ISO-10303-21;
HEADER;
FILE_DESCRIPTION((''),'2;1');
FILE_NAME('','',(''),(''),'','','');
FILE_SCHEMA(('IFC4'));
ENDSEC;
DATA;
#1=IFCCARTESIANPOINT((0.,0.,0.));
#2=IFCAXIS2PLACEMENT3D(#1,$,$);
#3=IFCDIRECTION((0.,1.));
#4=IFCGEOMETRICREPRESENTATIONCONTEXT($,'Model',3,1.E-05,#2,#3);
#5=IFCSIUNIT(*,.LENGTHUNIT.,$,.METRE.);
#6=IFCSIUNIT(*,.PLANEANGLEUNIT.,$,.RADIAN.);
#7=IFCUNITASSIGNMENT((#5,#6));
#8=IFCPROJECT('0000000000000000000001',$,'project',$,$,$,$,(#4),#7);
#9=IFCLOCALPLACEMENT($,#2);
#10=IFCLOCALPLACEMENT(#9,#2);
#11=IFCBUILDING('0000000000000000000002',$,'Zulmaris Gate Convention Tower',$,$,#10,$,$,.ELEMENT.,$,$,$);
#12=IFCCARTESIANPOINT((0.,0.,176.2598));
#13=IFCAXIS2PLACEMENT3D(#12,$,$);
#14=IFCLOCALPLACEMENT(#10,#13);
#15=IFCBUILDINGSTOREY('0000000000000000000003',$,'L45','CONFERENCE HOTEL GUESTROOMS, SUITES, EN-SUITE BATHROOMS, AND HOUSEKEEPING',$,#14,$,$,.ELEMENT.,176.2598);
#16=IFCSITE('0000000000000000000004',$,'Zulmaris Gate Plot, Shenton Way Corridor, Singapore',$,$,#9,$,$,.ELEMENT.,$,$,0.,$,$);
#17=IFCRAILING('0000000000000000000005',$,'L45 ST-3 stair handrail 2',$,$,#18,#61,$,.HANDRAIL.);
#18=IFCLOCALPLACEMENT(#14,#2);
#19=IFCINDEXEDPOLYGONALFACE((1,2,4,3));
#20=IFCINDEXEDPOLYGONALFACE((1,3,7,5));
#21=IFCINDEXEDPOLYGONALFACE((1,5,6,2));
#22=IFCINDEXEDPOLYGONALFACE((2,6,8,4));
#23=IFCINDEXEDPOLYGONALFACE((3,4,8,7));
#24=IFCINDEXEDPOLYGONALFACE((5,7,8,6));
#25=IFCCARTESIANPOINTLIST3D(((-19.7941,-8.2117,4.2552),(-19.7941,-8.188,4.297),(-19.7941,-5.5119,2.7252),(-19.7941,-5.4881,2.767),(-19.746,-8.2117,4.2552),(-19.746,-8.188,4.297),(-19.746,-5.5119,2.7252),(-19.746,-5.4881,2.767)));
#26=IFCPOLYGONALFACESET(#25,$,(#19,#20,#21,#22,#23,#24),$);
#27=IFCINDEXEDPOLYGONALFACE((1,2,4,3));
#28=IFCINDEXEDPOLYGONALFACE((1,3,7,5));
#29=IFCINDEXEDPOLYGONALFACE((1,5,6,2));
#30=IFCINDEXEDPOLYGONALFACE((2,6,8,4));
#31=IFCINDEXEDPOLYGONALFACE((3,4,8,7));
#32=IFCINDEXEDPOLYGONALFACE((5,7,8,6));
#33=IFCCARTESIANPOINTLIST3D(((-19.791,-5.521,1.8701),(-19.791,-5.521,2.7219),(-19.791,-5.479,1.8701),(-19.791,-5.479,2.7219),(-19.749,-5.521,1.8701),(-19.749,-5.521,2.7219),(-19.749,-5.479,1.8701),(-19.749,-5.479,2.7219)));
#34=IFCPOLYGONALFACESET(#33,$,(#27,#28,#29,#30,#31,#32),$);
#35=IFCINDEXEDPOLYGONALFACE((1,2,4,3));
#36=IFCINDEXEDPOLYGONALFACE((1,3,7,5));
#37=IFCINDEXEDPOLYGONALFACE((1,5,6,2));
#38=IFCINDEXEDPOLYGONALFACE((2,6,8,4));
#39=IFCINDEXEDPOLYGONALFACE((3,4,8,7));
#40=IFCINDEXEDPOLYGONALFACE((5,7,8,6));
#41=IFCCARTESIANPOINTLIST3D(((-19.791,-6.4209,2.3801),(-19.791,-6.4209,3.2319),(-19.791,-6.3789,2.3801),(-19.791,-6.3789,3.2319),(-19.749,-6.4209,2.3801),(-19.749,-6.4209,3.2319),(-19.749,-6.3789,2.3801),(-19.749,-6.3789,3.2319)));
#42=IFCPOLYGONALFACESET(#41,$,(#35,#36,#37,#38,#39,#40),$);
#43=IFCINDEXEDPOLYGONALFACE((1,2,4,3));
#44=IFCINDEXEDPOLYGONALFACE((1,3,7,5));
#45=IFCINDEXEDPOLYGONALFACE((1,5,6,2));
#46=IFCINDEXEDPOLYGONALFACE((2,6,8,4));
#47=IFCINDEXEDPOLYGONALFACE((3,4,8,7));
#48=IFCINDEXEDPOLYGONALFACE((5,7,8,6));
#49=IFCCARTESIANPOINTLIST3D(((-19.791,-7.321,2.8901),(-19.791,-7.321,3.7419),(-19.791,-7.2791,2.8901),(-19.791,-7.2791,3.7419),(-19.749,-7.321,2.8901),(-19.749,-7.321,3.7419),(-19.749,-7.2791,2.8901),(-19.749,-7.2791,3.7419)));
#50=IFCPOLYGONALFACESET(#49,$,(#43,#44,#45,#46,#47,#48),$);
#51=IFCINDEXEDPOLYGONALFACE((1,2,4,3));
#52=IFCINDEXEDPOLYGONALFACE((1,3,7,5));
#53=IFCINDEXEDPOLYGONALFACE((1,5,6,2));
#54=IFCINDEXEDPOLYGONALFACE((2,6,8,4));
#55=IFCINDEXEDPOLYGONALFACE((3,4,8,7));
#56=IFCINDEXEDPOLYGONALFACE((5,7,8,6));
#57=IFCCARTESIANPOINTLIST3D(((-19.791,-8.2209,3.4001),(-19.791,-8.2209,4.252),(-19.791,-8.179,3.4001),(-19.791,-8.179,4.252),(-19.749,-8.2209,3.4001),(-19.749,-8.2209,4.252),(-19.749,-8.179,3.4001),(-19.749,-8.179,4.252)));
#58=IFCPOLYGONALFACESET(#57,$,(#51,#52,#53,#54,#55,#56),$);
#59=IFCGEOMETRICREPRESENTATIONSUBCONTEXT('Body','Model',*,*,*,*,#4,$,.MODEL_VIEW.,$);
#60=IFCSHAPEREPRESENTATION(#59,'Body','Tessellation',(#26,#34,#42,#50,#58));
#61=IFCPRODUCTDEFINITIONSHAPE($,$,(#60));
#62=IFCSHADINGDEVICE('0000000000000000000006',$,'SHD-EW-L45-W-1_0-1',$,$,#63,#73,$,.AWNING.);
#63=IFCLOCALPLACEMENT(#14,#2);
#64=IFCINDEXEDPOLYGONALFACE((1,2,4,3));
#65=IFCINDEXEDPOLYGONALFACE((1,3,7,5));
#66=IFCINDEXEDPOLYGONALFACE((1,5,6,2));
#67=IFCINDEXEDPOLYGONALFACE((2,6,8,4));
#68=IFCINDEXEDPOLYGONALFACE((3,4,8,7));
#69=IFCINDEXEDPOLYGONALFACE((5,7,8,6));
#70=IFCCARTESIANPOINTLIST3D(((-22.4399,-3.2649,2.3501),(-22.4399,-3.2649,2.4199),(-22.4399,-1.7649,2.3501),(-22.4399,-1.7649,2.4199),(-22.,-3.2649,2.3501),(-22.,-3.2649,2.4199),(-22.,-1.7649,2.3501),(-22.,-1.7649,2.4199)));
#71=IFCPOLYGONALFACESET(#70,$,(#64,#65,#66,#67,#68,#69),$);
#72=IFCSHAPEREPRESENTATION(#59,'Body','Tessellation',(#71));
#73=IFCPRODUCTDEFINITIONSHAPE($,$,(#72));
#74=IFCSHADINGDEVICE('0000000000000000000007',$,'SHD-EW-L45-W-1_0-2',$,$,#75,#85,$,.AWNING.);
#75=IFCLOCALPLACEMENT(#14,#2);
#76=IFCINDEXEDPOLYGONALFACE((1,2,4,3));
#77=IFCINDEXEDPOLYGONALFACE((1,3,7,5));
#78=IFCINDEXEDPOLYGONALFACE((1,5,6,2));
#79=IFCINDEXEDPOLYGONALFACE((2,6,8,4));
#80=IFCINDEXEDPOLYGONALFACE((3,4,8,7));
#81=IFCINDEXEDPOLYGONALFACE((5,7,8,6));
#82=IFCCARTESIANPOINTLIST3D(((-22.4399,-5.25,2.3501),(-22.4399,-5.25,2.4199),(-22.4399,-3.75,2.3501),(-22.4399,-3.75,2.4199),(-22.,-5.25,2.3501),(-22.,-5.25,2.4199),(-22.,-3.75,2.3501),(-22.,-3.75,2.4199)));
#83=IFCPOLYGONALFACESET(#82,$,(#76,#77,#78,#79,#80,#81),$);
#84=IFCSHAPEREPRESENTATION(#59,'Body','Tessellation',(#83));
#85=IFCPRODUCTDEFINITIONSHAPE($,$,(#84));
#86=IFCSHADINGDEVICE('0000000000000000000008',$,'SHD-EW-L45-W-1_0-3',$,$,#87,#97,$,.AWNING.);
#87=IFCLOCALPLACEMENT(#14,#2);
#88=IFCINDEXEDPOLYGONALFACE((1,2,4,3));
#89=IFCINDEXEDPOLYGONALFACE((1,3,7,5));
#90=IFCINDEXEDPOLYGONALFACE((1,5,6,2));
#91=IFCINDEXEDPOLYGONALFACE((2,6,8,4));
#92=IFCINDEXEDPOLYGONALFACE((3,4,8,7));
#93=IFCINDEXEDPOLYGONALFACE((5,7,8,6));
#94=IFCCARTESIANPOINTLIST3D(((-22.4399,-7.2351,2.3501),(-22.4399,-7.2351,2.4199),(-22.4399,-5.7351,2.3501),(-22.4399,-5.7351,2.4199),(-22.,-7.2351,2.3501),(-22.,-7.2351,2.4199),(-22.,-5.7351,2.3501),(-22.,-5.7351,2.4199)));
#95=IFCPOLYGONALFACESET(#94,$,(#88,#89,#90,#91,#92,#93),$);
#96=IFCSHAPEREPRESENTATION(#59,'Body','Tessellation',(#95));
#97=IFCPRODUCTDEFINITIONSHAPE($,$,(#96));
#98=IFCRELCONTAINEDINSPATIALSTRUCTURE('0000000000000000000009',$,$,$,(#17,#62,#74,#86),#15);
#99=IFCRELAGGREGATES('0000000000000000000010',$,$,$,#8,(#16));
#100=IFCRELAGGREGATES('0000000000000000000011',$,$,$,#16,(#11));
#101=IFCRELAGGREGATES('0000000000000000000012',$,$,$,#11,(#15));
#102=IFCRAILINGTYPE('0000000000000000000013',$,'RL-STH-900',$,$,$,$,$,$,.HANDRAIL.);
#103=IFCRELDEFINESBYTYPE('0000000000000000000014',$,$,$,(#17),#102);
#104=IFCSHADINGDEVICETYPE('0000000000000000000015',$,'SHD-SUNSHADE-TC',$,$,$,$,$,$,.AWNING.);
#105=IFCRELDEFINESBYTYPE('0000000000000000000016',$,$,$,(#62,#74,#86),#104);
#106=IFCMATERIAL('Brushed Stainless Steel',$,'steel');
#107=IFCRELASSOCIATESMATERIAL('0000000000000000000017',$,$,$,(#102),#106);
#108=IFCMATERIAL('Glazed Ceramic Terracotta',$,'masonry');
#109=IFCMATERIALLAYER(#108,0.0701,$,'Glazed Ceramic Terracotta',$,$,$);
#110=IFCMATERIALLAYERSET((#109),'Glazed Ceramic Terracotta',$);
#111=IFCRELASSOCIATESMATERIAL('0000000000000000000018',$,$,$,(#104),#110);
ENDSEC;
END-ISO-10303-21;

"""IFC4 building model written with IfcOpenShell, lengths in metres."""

from ifc_helpers import new_model, si_unit, direction, frame, frame_2d, origin, origin_2d, place, context, subcontext, project, spatial, rectangle, extrude, material, layer, layer_set, type_object, element, save


model = new_model("IFC4")

# Units and contexts
model_context = context("Model", 3, precision=1e-05, world=origin(), true_north=direction((0.0, 1.0)))
body_context = subcontext(model_context, "Body", "Model", "MODEL_VIEW")
ifc_project = project(units=[si_unit("LENGTHUNIT", "METRE"), si_unit("PLANEANGLEUNIT", "RADIAN")], contexts=[model_context])

# Site, building, storey
site_placement = place(None, origin())
site = spatial("IfcSite", under=ifc_project, at=site_placement, Name="Zulmaris Gate Plot, Shenton Way Corridor, Singapore", CompositionType="ELEMENT", RefElevation=0.0)
building_placement = place(site_placement, origin())
building = spatial("IfcBuilding", under=site, at=building_placement, Name="Zulmaris Gate Convention Tower", CompositionType="ELEMENT")
storey_placement = place(building_placement, frame((0.0, 0.0, 176.2598)))
storey = spatial("IfcBuildingStorey", under=building, at=storey_placement, Name="L45", Description="CONFERENCE HOTEL GUESTROOMS, SUITES, EN-SUITE BATHROOMS, AND HOUSEKEEPING", CompositionType="ELEMENT", Elevation=176.2598)

# Shared definitions
ifc_material_1 = material(Name="Brushed Stainless Steel", Category="steel")

# Railing
railing_type_1 = type_object("IfcRailingType", Name="RL-STH-900", PredefinedType="HANDRAIL", material=ifc_material_1)
railing_1_placement = place(storey_placement, frame((-19.77, -5.5, 1.8701)))
element("IfcRailing", 1, at=railing_1_placement, inside=storey, type_object=railing_type_1, Name="L45 ST-3 stair handrail 2", PredefinedType="HANDRAIL", context=body_context, shape_type="SweptSolid", body=[
    extrude(rectangle(XDim=0.0481, YDim=0.0481, at=origin_2d()), frame((0.0, 0.0, 0.876), z_axis=(0.0, -0.870014, 0.493026), x_axis=(1.0, 0.0, 0.0)), (0.0, 0.0, 1.0), 3.1033),
    extrude(rectangle(XDim=0.042, YDim=0.042, at=origin_2d()), origin(), (0.0, 0.0, 1.0), 0.8518),
    extrude(rectangle(XDim=0.042, YDim=0.042, at=origin_2d()), frame((0.0, -0.8999, 0.51)), (0.0, 0.0, 1.0), 0.8518),
    extrude(rectangle(XDim=0.042, YDim=0.042, at=origin_2d()), frame((0.0, -1.8, 1.02)), (0.0, 0.0, 1.0), 0.8518),
    extrude(rectangle(XDim=0.042, YDim=0.042, at=origin_2d()), frame((0.0, -2.7, 1.53)), (0.0, 0.0, 1.0), 0.8518),
])

# Shading devices
ifc_material_2 = material(Name="Glazed Ceramic Terracotta", Category="masonry")
ifc_layer_1 = layer(ifc_material_2, 0.0701, Name="Glazed Ceramic Terracotta")
ifc_layer_set_1 = layer_set([ifc_layer_1], Name="Glazed Ceramic Terracotta")
shading_device_type = type_object("IfcShadingDeviceType", Name="SHD-SUNSHADE-TC", PredefinedType="AWNING", material=ifc_layer_set_1)
for number, where, z_axis, x_axis, name in (
    (2, (-22.22, -1.7649, 2.3501), (0.0, 0.0, 1.0), (0.0, -1.0, 0.0), "SHD-EW-L45-W-1_0-1"),
    (3, (-22.22, -3.75, 2.3501), (0.0, 0.0, 1.0), (0.0, -1.0, 0.0), "SHD-EW-L45-W-1_0-2"),
    (4, (-22.22, -5.7351, 2.3501), (0.0, 0.0, 1.0), (0.0, -1.0, 0.0), "SHD-EW-L45-W-1_0-3"),
):
    element("IfcShadingDevice", number, at=place(storey_placement, frame(where, z_axis=z_axis, x_axis=x_axis)), inside=storey, type_object=shading_device_type, Name=name, PredefinedType="AWNING", context=body_context, shape_type="SweptSolid", body=[
        extrude(rectangle(XDim=1.5, YDim=0.4399, at=frame_2d((0.75, 0.0))), origin(), (0.0, 0.0, 1.0), 0.0698),
    ])

save(model, "model.ifc")
